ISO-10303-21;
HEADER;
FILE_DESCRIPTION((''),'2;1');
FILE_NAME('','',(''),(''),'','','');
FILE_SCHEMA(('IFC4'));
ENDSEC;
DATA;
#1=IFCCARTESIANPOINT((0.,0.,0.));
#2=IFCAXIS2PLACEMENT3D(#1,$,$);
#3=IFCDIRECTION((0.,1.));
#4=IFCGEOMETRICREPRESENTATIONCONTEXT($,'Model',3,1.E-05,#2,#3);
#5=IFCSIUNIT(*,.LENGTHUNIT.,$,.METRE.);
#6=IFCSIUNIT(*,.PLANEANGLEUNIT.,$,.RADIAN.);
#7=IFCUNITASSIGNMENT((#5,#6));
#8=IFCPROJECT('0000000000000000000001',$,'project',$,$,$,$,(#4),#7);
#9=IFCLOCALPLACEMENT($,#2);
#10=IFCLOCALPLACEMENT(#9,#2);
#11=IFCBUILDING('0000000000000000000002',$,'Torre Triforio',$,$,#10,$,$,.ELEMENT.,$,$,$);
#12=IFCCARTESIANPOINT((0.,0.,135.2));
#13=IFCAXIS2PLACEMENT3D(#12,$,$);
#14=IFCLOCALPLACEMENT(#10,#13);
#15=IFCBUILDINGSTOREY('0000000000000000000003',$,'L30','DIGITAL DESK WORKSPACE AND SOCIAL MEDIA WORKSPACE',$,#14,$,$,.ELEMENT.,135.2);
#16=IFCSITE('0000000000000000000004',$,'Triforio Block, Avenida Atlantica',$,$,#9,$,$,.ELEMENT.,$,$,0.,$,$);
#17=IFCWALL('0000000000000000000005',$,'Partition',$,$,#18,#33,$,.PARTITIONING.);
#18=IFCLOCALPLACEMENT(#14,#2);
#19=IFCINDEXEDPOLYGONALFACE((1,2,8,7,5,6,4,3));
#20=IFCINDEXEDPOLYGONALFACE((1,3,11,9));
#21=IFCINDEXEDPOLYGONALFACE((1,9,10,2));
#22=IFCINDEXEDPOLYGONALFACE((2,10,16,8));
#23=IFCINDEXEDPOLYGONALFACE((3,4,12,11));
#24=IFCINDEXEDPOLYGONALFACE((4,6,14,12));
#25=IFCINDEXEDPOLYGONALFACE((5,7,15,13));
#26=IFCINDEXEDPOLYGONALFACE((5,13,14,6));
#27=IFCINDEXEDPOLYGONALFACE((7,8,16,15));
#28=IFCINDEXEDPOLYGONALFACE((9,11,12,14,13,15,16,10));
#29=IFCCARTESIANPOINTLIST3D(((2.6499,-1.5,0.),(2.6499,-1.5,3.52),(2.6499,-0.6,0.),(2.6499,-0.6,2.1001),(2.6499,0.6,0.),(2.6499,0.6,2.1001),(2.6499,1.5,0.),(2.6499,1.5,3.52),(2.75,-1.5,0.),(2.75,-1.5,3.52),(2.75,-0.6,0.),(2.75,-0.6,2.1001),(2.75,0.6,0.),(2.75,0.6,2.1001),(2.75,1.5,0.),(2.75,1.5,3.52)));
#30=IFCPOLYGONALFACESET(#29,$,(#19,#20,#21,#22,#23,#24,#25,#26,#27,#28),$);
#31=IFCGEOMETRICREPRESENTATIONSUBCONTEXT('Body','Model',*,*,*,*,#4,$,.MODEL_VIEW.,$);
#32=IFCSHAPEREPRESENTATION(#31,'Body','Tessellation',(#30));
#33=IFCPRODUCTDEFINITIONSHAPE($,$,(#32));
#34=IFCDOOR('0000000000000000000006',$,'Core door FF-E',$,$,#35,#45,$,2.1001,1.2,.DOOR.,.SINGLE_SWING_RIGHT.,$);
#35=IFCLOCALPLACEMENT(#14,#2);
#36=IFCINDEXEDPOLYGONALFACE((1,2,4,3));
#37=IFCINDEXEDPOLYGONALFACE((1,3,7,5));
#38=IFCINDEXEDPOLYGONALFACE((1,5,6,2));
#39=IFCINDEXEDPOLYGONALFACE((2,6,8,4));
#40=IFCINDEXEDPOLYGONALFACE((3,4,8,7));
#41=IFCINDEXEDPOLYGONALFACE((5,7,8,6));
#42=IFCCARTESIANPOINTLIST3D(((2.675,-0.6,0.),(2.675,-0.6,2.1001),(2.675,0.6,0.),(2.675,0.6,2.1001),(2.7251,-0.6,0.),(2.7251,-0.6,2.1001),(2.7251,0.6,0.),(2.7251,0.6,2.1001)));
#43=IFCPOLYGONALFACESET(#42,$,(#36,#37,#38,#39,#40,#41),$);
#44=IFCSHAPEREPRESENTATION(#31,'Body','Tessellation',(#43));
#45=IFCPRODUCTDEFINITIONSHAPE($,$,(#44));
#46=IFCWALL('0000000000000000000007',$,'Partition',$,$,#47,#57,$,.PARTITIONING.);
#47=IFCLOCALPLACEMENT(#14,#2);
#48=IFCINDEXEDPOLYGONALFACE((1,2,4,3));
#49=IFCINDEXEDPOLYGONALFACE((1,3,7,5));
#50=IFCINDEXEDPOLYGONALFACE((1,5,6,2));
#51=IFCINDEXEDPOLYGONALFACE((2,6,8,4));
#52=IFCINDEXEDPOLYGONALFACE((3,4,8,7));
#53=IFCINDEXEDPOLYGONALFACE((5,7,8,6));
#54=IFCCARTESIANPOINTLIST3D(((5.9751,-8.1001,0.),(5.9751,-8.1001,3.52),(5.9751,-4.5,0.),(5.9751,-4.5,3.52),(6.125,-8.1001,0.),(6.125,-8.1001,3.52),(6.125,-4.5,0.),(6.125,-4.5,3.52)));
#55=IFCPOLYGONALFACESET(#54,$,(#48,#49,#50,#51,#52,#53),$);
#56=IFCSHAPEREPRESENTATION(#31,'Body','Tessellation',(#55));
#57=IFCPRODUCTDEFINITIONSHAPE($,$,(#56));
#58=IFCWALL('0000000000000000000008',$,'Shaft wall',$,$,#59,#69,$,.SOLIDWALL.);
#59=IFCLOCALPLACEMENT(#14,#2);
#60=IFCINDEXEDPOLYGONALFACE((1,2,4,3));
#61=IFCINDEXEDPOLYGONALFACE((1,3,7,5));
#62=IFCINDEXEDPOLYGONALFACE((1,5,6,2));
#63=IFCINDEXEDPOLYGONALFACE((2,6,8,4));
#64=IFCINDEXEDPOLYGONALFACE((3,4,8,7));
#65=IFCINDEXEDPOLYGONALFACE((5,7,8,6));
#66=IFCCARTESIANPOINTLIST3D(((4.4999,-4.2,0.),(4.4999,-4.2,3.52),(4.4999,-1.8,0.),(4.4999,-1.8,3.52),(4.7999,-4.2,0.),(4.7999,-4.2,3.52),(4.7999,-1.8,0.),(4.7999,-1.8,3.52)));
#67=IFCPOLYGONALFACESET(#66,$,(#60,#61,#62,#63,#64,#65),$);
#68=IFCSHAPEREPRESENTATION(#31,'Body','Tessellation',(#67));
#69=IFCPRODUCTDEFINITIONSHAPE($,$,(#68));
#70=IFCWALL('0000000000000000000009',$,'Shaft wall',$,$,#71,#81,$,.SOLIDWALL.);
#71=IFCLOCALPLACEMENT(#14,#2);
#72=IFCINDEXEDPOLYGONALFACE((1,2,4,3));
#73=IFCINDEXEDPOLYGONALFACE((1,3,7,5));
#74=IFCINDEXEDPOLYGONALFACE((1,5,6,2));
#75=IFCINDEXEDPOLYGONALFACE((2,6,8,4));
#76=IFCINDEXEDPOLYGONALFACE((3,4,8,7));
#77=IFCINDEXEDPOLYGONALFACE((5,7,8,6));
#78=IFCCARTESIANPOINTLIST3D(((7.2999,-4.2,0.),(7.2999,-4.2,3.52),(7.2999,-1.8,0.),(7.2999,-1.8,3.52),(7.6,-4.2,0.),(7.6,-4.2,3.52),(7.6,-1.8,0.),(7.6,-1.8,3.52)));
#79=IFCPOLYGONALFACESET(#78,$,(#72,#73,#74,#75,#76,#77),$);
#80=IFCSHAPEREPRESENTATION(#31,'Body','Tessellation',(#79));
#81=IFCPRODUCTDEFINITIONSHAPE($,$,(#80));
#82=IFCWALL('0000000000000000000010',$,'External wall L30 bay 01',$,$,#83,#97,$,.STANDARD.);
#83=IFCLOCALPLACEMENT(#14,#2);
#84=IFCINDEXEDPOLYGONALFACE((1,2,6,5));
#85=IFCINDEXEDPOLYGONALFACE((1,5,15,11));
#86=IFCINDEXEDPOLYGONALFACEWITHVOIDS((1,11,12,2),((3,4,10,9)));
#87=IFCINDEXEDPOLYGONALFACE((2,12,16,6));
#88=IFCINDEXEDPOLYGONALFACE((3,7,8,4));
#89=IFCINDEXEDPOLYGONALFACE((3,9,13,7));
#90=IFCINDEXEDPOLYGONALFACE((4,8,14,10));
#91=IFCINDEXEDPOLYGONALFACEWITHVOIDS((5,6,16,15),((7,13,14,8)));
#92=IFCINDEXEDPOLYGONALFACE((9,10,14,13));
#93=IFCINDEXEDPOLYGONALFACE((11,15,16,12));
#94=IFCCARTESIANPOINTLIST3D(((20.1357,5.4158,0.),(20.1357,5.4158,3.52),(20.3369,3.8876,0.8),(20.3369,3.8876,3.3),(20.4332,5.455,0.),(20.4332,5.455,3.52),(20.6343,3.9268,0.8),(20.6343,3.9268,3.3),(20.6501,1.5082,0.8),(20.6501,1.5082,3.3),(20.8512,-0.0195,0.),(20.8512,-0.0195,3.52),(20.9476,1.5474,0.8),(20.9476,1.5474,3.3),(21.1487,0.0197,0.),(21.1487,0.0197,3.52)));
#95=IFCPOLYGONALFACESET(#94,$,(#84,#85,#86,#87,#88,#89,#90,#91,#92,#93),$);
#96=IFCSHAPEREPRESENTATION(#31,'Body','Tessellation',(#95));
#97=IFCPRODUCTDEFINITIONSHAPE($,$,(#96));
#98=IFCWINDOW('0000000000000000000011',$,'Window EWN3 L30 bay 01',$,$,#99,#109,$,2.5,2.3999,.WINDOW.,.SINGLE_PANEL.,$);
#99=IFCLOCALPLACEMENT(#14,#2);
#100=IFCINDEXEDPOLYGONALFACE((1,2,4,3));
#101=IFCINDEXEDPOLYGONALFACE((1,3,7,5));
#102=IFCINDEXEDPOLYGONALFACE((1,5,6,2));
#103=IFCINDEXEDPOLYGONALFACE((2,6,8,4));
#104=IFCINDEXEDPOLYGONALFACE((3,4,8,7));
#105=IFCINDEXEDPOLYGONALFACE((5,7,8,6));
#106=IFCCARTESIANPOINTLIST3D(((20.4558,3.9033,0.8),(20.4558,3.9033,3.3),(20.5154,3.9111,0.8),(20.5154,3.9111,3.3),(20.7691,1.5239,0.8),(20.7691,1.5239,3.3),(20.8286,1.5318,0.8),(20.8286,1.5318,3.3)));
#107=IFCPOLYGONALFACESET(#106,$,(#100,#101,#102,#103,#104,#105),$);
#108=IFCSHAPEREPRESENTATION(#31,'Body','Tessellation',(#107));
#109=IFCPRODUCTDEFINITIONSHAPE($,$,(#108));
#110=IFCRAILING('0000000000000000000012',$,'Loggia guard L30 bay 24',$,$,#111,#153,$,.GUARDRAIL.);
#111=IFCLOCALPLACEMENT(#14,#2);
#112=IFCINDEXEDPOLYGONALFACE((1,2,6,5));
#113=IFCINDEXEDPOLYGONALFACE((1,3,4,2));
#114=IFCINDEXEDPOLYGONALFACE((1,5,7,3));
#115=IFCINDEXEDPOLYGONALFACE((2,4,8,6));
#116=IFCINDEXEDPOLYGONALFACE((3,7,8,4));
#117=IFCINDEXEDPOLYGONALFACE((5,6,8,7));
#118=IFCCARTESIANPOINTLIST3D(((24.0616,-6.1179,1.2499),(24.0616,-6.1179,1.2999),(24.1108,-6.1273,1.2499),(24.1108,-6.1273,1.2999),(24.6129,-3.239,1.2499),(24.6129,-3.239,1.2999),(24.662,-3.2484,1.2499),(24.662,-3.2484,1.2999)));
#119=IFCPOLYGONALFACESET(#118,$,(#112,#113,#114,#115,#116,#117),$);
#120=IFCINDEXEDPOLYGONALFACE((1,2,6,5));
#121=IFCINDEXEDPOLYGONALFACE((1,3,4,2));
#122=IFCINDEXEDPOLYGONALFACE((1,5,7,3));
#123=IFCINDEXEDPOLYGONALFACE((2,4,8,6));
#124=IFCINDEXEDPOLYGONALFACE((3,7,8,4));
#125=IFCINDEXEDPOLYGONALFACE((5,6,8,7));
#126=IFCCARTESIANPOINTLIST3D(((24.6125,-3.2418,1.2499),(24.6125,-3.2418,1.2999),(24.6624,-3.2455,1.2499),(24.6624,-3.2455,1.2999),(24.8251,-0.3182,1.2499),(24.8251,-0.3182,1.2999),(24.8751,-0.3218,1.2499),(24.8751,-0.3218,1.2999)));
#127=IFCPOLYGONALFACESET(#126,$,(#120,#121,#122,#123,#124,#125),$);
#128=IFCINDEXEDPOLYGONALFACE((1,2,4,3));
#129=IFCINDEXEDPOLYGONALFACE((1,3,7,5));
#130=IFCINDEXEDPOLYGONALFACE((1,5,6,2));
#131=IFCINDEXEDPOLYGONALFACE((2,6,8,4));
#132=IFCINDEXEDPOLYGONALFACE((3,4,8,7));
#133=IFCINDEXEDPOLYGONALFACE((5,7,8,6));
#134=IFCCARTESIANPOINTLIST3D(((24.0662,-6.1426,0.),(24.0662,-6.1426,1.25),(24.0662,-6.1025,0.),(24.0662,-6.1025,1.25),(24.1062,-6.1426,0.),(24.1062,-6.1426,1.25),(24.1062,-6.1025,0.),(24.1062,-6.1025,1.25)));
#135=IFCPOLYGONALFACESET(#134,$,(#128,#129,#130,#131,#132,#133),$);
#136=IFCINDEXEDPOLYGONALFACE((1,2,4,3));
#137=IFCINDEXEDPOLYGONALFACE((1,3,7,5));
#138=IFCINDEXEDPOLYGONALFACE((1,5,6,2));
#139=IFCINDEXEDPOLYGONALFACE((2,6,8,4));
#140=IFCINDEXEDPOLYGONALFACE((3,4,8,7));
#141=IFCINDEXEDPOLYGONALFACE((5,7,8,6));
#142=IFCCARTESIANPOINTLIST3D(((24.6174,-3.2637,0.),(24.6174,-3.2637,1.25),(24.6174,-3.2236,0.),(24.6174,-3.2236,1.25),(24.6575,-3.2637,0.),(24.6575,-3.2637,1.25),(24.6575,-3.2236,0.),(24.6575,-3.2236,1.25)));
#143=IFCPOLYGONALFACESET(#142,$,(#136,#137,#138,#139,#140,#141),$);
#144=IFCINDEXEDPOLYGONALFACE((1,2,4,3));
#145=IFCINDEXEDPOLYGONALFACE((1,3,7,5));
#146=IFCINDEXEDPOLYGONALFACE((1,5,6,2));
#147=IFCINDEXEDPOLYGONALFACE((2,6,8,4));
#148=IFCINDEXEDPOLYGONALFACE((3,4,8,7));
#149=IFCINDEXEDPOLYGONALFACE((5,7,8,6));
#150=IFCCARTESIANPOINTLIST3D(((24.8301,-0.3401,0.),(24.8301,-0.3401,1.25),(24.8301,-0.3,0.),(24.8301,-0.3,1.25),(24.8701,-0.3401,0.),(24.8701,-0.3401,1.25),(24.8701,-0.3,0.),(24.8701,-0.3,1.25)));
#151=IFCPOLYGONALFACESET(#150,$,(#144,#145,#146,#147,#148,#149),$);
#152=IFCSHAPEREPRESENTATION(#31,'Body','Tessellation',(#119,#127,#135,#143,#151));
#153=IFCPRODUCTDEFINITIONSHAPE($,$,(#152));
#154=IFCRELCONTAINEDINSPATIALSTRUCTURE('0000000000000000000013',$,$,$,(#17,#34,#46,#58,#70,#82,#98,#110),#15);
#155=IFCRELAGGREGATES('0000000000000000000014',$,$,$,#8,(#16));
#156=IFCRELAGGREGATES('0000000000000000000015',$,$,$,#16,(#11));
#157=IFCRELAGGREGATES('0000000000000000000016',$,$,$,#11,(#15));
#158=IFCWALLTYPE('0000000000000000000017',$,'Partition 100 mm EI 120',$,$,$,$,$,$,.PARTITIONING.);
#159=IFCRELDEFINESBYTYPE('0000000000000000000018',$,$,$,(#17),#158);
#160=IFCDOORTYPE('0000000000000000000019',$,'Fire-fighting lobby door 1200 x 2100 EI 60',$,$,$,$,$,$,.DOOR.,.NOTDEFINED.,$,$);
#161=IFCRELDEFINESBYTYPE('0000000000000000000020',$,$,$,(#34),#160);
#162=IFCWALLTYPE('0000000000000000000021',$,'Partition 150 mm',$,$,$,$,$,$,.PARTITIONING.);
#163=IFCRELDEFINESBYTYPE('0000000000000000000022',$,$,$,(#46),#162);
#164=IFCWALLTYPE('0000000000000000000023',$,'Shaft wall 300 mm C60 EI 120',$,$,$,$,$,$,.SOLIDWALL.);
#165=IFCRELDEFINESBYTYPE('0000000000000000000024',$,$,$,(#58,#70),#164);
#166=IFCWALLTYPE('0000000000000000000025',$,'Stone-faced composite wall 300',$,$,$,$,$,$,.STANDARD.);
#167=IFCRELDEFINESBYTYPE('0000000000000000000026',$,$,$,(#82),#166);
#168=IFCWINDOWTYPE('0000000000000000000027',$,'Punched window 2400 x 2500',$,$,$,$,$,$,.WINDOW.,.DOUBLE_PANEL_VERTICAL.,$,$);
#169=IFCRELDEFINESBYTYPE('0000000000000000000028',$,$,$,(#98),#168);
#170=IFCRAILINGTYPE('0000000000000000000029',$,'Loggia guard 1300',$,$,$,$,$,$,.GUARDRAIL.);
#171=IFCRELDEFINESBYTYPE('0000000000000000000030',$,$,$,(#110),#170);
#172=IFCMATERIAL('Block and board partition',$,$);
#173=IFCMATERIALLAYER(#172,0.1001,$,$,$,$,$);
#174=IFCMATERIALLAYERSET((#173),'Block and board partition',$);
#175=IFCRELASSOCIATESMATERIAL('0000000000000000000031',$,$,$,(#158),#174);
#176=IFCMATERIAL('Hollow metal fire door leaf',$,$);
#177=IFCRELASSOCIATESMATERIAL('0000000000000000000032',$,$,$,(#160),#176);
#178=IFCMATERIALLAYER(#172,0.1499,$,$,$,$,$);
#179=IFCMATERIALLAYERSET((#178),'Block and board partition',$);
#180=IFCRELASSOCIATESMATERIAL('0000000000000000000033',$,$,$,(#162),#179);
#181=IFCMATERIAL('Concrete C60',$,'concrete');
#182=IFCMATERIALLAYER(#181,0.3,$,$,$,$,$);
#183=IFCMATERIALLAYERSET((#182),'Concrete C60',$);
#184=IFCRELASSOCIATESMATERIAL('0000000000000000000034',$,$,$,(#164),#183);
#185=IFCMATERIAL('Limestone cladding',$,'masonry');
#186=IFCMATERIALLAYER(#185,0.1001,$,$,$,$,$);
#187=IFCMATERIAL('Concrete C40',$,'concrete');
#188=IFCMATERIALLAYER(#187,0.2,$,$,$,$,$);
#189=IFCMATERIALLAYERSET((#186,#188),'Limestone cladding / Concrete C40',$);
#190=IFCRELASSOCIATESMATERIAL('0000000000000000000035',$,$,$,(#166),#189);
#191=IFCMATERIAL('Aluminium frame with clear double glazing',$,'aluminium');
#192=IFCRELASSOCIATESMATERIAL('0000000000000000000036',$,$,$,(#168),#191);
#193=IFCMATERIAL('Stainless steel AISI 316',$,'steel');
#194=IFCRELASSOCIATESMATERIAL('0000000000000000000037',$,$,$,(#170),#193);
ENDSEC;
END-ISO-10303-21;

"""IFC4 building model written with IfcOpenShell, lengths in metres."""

from ifc_helpers import new_model, si_unit, direction, frame, frame_2d, origin, origin_2d, place, context, subcontext, project, spatial, rectangle, extrude, material, layer, layer_set, type_object, element, fill, save


model = new_model("IFC4")

# Units and contexts
model_context = context("Model", 3, precision=1e-05, world=origin(), true_north=direction((0.0, 1.0)))
body_context = subcontext(model_context, "Body", "Model", "MODEL_VIEW")
ifc_project = project(units=[si_unit("LENGTHUNIT", "METRE"), si_unit("PLANEANGLEUNIT", "RADIAN")], contexts=[model_context])

# Site, building, storey
site_placement = place(None, origin())
site = spatial("IfcSite", under=ifc_project, at=site_placement, Name="Triforio Block, Avenida Atlantica", CompositionType="ELEMENT", RefElevation=0.0)
building_placement = place(site_placement, origin())
building = spatial("IfcBuilding", under=site, at=building_placement, Name="Torre Triforio", CompositionType="ELEMENT")
storey_placement = place(building_placement, frame((0.0, 0.0, 135.2)))
storey = spatial("IfcBuildingStorey", under=building, at=storey_placement, Name="L30", Description="DIGITAL DESK WORKSPACE AND SOCIAL MEDIA WORKSPACE", CompositionType="ELEMENT", Elevation=135.2)

# Shared definitions
ifc_material_1 = material(Name="Concrete C60", Category="concrete")

# Shared definitions
ifc_material_2 = material(Name="Hollow metal fire door leaf")

# Wall, opening, door
ifc_material_3 = material(Name="Block and board partition")
ifc_layer_1 = layer(ifc_material_3, 0.1001)
ifc_layer_set_1 = layer_set([ifc_layer_1], Name="Block and board partition")
wall_type_1 = type_object("IfcWallType", Name="Partition 100 mm EI 120", PredefinedType="PARTITIONING", material=ifc_layer_set_1)
wall_1_placement = place(storey_placement, frame((2.7, -1.5, 0.0), z_axis=(0.0, 0.0, 1.0), x_axis=(0.0, 1.0, 0.0)))
wall_1 = element("IfcWall", 1, at=wall_1_placement, inside=storey, type_object=wall_type_1, Name="Partition", PredefinedType="PARTITIONING", context=body_context, shape_type="SweptSolid", body=[
    extrude(rectangle(XDim=3.0, YDim=0.1001, at=frame_2d((1.5, 0.0))), origin(), (0.0, 0.0, 1.0), 3.52),
])
opening_1_placement = place(wall_1_placement, frame((0.8999, 0.0, 0.0)))
opening_1 = element("IfcOpeningElement", 2, at=opening_1_placement, cuts=wall_1, PredefinedType="OPENING", context=body_context, shape_type="SweptSolid", body=[
    extrude(rectangle(XDim=1.2, YDim=2.1001, at=frame_2d((0.6001, 1.05))), frame((0.0, 0.0601, 0.0), z_axis=(0.0, -1.0, 0.0), x_axis=(1.0, 0.0, 0.0)), (0.0, 0.0, 1.0), 0.1201),
])
door_type_1 = type_object("IfcDoorType", Name="Fire-fighting lobby door 1200 x 2100 EI 60", OperationType="NOTDEFINED", PredefinedType="DOOR", material=ifc_material_2)
door_1_placement = place(opening_1_placement, origin())
door_1 = element("IfcDoor", 3, at=door_1_placement, inside=storey, type_object=door_type_1, Name="Core door FF-E", OperationType="SINGLE_SWING_RIGHT", OverallHeight=2.1001, OverallWidth=1.2, PredefinedType="DOOR", context=body_context, shape_type="SweptSolid", body=[
    extrude(rectangle(XDim=1.2, YDim=2.1001, at=frame_2d((0.6001, 1.05))), frame((0.0, 0.0249, 0.0), z_axis=(0.0, -1.0, 0.0), x_axis=(1.0, 0.0, 0.0)), (0.0, 0.0, 1.0), 0.05),
])
fill(opening_1, door_1)

# Walls
ifc_layer_2 = layer(ifc_material_3, 0.1499)
ifc_layer_set_2 = layer_set([ifc_layer_2], Name="Block and board partition")
wall_type_2 = type_object("IfcWallType", Name="Partition 150 mm", PredefinedType="PARTITIONING", material=ifc_layer_set_2)
wall_2_placement = place(storey_placement, frame((6.05, -8.1001, 0.0), z_axis=(0.0, 0.0, 1.0), x_axis=(0.0, 1.0, 0.0)))
element("IfcWall", 4, at=wall_2_placement, inside=storey, type_object=wall_type_2, Name="Partition", PredefinedType="PARTITIONING", context=body_context, shape_type="SweptSolid", body=[
    extrude(rectangle(XDim=3.6001, YDim=0.1499, at=frame_2d((1.8, 0.0))), origin(), (0.0, 0.0, 1.0), 3.52),
])
ifc_layer_3 = layer(ifc_material_1, 0.3)
ifc_layer_set_3 = layer_set([ifc_layer_3], Name="Concrete C60")
wall_type_3 = type_object("IfcWallType", Name="Shaft wall 300 mm C60 EI 120", PredefinedType="SOLIDWALL", material=ifc_layer_set_3)
for number, where, z_axis, x_axis, name in (
    (5, (4.6499, -4.2, 0.0), (0.0, 0.0, 1.0), (0.0, 1.0, 0.0), "Shaft wall"),
    (6, (7.45, -4.2, 0.0), (0.0, 0.0, 1.0), (0.0, 1.0, 0.0), "Shaft wall"),
):
    element("IfcWall", number, at=place(storey_placement, frame(where, z_axis=z_axis, x_axis=x_axis)), inside=storey, type_object=wall_type_3, Name=name, PredefinedType="SOLIDWALL", context=body_context, shape_type="SweptSolid", body=[
        extrude(rectangle(XDim=2.3999, YDim=0.3, at=frame_2d((1.2, 0.0))), origin(), (0.0, 0.0, 1.0), 3.52),
    ])

# Wall, opening, window
ifc_material_4 = material(Name="Limestone cladding", Category="masonry")
ifc_layer_4 = layer(ifc_material_4, 0.1001)
ifc_material_5 = material(Name="Concrete C40", Category="concrete")
ifc_layer_5 = layer(ifc_material_5, 0.2)
ifc_layer_set_4 = layer_set([ifc_layer_4, ifc_layer_5], Name="Limestone cladding / Concrete C40")
wall_type_4 = type_object("IfcWallType", Name="Stone-faced composite wall 300", PredefinedType="STANDARD", material=ifc_layer_set_4)
wall_3_placement = place(storey_placement, frame((21.0, 0.0, 0.0), z_axis=(0.0, 0.0, 1.0), x_axis=(-0.130527, 0.991445, 0.0)))
wall_3 = element("IfcWall", 7, at=wall_3_placement, inside=storey, type_object=wall_type_4, Name="External wall L30 bay 01", PredefinedType="STANDARD", context=body_context, shape_type="SweptSolid", body=[
    extrude(rectangle(XDim=5.4822, YDim=0.3, at=frame_2d((2.7412, 0.0))), origin(), (0.0, 0.0, 1.0), 3.52),
])
opening_2_placement = place(wall_3_placement, frame((1.541, 0.0, 0.8)))
opening_2 = element("IfcOpeningElement", 8, at=opening_2_placement, cuts=wall_3, PredefinedType="OPENING", context=body_context, shape_type="SweptSolid", body=[
    extrude(rectangle(XDim=2.3999, YDim=2.5, at=frame_2d((1.2, 1.25))), frame((0.0, 0.1599, 0.0), z_axis=(0.0, -1.0, 0.0), x_axis=(1.0, 0.0, 0.0)), (0.0, 0.0, 1.0), 0.3201),
])
ifc_material_6 = material(Name="Aluminium frame with clear double glazing", Category="aluminium")
window_type_1 = type_object("IfcWindowType", Name="Punched window 2400 x 2500", PartitioningType="DOUBLE_PANEL_VERTICAL", PredefinedType="WINDOW", material=ifc_material_6)
window_1_placement = place(opening_2_placement, origin())
window_1 = element("IfcWindow", 9, at=window_1_placement, inside=storey, type_object=window_type_1, Name="Window EWN3 L30 bay 01", OverallHeight=2.5, OverallWidth=2.3999, PartitioningType="SINGLE_PANEL", PredefinedType="WINDOW", context=body_context, shape_type="SweptSolid", body=[
    extrude(rectangle(XDim=2.3999, YDim=2.5, at=frame_2d((1.2, 1.25))), frame((0.0, 0.03, 0.0), z_axis=(0.0, -1.0, 0.0), x_axis=(1.0, 0.0, 0.0)), (0.0, 0.0, 1.0), 0.0601),
])
fill(opening_2, window_1)

# Railing
ifc_material_7 = material(Name="Stainless steel AISI 316", Category="steel")
railing_type = type_object("IfcRailingType", Name="Loggia guard 1300", PredefinedType="GUARDRAIL", material=ifc_material_7)
railing_placement = place(storey_placement, frame((24.0862, -6.1226, 0.0)))
element("IfcRailing", 10, at=railing_placement, inside=storey, type_object=railing_type, Name="Loggia guard L30 bay 24", PredefinedType="GUARDRAIL", context=body_context, shape_type="SweptSolid", body=[
    extrude(rectangle(XDim=0.05, YDim=0.05, at=origin_2d()), frame((0.0, 0.0, 1.2749), z_axis=(0.188069, 0.982156, 0.0), x_axis=(-0.982156, 0.188069, 0.0)), (0.0, 0.0, 1.0), 2.9312),
    extrude(rectangle(XDim=0.05, YDim=0.05, at=origin_2d()), frame((0.5513, 2.8789, 1.2749), z_axis=(0.072543, 0.997365, 0.0), x_axis=(-0.997365, 0.072543, 0.0)), (0.0, 0.0, 1.0), 2.9314),
    extrude(rectangle(XDim=0.04, YDim=0.04, at=origin_2d()), origin(), (0.0, 0.0, 1.0), 1.25),
    extrude(rectangle(XDim=0.04, YDim=0.04, at=origin_2d()), frame((0.5513, 2.8789, 0.0)), (0.0, 0.0, 1.0), 1.25),
    extrude(rectangle(XDim=0.04, YDim=0.04, at=origin_2d()), frame((0.7639, 5.8025, 0.0)), (0.0, 0.0, 1.0), 1.25),
])

save(model, "model.ifc")
